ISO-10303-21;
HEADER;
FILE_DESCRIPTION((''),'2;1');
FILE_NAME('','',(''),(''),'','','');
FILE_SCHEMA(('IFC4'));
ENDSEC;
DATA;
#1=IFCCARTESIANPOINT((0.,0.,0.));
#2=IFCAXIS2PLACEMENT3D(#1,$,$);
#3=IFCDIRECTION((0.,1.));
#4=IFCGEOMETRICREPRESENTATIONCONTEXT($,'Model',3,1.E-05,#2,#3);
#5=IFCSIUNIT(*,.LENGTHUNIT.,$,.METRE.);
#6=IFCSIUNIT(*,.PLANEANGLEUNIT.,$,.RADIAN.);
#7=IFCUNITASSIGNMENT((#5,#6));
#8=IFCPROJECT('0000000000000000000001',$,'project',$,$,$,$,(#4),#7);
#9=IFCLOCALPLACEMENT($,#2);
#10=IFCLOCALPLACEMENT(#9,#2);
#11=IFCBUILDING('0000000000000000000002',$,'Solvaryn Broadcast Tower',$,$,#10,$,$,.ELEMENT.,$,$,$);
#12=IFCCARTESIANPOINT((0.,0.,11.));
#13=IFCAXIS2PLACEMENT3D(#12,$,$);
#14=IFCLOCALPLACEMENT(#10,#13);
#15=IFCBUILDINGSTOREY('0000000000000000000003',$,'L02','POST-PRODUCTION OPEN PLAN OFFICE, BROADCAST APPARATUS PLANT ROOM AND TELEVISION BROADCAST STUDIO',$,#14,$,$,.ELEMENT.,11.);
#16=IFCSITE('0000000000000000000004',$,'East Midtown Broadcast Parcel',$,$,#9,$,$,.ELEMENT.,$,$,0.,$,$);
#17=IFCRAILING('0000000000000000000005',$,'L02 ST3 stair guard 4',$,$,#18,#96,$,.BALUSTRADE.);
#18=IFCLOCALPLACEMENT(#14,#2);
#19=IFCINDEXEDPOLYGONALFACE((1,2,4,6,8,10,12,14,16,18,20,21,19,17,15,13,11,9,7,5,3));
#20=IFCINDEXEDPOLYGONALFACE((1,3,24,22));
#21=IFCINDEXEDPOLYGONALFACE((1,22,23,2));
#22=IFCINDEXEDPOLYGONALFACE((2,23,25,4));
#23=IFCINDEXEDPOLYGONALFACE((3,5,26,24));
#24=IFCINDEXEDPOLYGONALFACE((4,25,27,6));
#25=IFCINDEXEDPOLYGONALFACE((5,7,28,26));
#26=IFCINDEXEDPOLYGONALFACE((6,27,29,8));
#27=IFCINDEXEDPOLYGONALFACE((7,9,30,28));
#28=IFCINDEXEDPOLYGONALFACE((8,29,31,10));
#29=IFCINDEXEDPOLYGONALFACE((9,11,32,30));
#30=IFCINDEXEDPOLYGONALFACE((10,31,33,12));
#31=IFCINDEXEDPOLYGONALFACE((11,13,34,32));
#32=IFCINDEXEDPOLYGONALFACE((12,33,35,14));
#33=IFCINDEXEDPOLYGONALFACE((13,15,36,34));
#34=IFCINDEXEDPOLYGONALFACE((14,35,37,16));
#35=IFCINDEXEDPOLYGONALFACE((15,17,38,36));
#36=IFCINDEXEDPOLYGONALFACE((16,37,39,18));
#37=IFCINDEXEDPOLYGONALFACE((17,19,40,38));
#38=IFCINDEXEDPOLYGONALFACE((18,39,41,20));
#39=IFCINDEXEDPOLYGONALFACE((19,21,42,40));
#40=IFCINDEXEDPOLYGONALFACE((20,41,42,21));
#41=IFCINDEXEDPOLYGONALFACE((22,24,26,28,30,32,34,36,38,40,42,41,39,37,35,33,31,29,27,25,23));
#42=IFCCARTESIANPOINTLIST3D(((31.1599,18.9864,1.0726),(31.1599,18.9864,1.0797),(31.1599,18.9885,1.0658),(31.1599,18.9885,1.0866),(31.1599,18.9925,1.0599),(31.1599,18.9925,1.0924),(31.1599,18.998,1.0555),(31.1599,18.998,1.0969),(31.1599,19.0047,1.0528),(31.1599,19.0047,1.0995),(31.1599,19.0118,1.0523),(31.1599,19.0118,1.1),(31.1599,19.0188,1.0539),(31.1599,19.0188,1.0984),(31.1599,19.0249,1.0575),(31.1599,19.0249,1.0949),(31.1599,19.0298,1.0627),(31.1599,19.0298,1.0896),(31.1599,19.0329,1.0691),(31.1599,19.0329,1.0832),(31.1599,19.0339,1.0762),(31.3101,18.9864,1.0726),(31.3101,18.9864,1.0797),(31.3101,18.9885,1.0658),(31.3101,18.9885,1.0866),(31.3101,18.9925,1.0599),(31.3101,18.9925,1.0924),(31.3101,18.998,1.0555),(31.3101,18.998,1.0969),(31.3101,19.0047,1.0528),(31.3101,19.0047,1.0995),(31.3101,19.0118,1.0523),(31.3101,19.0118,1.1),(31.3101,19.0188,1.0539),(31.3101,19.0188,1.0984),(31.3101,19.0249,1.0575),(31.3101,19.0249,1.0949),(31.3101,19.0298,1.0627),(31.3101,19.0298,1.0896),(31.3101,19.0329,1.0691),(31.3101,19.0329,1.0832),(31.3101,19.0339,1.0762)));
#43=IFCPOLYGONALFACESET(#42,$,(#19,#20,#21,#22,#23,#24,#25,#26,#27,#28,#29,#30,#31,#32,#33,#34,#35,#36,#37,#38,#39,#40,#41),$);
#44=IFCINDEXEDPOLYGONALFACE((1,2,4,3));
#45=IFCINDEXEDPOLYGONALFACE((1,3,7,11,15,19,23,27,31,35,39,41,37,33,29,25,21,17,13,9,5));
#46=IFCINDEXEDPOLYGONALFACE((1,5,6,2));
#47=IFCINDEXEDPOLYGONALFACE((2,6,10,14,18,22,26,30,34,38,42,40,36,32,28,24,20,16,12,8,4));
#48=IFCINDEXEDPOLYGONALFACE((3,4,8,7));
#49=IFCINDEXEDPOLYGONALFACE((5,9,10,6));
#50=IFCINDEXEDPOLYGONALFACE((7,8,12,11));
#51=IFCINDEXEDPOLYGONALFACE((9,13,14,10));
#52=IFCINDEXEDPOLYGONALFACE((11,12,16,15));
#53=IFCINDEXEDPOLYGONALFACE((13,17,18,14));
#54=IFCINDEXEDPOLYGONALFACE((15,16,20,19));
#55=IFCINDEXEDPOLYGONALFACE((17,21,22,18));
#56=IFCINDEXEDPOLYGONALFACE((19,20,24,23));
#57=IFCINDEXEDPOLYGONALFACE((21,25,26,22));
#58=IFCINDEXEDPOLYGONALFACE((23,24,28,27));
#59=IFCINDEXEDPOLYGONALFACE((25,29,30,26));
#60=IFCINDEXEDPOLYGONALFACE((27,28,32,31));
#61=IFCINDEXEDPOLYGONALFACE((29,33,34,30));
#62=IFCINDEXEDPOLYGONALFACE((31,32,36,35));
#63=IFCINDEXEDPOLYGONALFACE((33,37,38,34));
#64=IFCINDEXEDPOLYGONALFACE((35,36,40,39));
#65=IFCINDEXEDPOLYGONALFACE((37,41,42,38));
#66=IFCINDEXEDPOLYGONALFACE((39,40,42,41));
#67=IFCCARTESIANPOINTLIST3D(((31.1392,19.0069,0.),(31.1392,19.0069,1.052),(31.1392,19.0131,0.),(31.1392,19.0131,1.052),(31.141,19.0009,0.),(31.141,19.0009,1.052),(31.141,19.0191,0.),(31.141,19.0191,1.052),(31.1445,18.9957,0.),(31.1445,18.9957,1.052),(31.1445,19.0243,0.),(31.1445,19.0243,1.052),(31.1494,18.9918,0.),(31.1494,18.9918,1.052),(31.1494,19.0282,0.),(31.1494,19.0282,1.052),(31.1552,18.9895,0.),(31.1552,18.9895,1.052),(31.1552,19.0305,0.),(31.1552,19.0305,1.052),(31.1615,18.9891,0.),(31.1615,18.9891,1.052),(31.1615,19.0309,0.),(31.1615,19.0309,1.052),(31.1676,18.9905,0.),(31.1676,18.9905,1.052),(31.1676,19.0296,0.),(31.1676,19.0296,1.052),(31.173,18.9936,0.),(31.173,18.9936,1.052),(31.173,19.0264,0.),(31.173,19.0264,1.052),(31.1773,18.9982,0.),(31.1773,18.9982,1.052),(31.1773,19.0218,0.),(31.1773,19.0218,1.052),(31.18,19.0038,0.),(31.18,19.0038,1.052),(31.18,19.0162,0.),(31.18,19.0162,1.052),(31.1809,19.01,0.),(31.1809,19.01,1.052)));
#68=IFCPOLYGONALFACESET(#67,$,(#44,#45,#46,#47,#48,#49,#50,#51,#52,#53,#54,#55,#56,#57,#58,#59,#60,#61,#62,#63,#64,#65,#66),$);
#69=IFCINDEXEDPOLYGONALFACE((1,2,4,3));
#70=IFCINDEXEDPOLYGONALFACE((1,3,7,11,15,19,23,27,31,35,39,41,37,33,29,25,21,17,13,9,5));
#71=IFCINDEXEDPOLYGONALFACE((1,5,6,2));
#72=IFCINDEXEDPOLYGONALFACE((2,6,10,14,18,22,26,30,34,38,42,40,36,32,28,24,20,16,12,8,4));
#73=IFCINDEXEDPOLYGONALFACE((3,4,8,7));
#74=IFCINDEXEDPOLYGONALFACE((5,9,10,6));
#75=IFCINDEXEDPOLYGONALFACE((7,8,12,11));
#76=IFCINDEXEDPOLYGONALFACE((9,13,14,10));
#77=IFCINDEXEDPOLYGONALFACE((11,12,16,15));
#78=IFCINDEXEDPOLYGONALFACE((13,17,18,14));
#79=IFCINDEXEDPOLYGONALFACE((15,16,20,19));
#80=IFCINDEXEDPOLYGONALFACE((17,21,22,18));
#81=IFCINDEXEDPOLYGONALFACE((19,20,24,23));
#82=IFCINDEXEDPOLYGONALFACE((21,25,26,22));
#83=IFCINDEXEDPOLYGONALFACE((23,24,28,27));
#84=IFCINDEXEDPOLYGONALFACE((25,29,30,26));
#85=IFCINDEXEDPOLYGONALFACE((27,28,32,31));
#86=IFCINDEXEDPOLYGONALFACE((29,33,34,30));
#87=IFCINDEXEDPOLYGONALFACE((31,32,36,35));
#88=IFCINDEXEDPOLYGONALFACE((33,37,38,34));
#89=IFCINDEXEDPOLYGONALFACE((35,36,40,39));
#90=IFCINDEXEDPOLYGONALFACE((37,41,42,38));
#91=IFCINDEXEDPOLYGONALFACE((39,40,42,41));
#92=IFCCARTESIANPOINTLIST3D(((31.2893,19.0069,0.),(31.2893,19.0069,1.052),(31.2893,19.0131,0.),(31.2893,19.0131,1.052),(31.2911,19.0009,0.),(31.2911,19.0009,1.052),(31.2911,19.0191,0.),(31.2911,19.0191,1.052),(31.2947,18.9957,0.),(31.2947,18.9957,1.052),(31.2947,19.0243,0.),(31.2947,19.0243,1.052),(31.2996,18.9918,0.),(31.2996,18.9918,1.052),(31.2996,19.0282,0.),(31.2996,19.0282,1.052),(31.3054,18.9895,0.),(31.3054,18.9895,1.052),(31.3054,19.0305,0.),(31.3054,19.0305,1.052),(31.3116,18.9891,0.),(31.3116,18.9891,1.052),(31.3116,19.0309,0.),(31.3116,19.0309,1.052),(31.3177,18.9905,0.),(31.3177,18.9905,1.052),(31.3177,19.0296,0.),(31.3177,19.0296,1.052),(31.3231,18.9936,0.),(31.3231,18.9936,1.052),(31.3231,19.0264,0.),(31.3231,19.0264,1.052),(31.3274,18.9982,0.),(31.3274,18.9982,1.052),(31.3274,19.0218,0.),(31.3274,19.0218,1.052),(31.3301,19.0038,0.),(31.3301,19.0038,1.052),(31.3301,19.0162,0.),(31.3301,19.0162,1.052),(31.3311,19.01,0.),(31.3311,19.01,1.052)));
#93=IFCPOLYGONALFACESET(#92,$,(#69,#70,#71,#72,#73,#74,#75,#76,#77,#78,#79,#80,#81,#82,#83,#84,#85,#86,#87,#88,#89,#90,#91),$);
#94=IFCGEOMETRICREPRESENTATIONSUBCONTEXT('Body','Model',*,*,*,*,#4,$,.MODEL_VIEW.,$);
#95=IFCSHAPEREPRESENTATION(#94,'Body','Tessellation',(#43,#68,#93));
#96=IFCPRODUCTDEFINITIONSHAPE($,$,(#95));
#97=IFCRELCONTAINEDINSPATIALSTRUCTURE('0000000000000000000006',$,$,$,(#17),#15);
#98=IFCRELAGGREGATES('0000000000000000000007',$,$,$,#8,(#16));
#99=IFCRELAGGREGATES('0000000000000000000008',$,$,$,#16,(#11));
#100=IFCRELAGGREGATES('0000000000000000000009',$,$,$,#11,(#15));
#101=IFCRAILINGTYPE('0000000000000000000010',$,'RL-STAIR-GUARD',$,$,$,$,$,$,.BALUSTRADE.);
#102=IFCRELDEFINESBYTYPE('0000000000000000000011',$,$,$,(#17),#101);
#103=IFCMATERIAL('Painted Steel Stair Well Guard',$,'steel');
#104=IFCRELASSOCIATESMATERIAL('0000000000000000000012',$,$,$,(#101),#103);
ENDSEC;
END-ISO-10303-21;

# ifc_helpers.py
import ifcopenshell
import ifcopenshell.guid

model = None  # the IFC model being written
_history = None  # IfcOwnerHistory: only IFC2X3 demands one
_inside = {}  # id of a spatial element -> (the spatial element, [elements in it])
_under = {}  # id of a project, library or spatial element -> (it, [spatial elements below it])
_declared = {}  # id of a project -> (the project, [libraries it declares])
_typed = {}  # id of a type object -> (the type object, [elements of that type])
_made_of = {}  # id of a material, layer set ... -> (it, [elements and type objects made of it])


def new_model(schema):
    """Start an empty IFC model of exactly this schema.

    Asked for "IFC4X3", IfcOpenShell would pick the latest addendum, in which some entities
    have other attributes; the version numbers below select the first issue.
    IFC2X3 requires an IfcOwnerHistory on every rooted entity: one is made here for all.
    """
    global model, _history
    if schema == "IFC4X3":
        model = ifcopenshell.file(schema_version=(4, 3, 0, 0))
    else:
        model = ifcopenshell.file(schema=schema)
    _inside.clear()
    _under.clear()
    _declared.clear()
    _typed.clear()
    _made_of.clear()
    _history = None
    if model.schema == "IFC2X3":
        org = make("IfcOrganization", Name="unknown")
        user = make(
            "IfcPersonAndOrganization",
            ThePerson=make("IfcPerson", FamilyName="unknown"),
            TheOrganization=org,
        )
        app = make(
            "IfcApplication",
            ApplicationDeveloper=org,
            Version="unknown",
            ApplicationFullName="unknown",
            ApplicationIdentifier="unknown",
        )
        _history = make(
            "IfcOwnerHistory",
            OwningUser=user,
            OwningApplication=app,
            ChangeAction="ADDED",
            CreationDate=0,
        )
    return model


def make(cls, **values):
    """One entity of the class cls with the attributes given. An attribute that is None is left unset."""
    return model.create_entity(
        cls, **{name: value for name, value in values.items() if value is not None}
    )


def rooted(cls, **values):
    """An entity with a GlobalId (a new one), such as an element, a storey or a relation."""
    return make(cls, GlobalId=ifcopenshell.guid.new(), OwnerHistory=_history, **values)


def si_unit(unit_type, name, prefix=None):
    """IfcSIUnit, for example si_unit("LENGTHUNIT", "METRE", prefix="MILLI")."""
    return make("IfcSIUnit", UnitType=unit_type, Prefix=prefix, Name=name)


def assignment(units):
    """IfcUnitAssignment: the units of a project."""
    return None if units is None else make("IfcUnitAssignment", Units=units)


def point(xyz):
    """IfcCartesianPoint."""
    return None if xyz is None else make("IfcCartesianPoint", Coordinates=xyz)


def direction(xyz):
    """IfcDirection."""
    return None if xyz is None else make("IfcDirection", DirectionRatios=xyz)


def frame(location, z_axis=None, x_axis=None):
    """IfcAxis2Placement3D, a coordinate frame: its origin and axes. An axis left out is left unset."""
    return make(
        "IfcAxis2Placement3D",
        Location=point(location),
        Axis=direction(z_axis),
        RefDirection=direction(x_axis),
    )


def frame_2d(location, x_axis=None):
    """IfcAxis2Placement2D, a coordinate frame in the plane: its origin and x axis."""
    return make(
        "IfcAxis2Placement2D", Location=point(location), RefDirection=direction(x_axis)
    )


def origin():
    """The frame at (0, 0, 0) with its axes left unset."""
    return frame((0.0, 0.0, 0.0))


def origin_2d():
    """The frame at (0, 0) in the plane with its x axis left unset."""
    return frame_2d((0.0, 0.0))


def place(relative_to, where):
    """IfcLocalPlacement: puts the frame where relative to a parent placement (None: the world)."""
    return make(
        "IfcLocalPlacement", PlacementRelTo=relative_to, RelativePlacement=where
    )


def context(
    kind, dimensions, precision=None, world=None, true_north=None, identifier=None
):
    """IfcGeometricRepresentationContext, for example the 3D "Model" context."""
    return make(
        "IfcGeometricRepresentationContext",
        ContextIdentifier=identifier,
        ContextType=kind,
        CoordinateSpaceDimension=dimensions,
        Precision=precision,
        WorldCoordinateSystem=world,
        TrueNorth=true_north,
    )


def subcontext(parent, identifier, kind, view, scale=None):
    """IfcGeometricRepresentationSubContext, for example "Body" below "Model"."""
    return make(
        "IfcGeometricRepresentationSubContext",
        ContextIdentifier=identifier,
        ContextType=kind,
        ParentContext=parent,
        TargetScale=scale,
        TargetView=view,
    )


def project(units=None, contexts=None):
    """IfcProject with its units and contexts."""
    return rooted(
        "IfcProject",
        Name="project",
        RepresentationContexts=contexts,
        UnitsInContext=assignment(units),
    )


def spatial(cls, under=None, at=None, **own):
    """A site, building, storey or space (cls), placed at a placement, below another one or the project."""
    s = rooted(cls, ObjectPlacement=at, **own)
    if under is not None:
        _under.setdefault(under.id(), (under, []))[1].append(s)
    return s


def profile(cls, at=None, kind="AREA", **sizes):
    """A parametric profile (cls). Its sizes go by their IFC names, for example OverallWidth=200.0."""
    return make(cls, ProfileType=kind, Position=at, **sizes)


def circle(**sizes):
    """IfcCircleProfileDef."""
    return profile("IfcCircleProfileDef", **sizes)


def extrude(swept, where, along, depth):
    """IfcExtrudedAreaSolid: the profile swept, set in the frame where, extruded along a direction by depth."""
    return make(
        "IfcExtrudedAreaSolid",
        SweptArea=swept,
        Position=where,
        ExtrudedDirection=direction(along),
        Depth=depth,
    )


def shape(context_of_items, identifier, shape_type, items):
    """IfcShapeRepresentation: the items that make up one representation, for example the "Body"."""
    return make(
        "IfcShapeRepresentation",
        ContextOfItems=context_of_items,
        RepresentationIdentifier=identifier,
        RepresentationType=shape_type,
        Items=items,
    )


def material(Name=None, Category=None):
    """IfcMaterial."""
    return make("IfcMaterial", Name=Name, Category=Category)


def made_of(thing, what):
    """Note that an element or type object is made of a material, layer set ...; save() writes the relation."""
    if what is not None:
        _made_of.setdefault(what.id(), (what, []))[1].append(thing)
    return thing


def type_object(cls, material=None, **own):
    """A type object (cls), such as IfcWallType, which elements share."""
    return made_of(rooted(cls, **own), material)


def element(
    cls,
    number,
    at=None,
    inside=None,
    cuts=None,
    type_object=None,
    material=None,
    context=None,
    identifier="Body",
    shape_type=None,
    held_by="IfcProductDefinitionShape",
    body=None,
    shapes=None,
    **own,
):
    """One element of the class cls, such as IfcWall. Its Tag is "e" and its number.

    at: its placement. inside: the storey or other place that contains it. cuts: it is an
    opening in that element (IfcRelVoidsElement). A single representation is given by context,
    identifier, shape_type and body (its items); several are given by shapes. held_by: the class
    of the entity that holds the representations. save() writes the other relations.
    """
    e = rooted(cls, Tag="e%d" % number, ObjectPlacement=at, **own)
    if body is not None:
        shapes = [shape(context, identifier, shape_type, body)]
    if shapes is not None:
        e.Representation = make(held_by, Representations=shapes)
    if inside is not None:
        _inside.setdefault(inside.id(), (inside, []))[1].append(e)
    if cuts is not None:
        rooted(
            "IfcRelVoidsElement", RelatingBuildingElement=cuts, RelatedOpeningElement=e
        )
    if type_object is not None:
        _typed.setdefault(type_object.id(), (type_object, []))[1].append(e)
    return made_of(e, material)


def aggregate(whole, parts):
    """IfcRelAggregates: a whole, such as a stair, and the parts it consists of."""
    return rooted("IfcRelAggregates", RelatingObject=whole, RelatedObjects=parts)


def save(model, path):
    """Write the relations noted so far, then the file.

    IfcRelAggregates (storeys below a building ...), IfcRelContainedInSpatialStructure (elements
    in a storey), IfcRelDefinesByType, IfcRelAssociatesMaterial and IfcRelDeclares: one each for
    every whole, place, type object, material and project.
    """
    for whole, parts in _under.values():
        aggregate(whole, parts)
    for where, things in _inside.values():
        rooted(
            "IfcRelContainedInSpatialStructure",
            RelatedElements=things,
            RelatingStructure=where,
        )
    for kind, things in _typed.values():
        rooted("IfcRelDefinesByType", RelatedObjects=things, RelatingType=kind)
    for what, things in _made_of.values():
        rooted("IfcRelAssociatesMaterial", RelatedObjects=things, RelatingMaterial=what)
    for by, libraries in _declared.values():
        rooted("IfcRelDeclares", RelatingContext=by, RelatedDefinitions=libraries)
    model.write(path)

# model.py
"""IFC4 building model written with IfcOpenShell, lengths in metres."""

from ifc_helpers import new_model, si_unit, direction, frame, origin, origin_2d, place, context, subcontext, project, spatial, circle, extrude, material, type_object, element, save


model = new_model("IFC4")

# Units and contexts
model_context = context("Model", 3, precision=1e-05, world=origin(), true_north=direction((0.0, 1.0)))
body_context = subcontext(model_context, "Body", "Model", "MODEL_VIEW")
ifc_project = project(units=[si_unit("LENGTHUNIT", "METRE"), si_unit("PLANEANGLEUNIT", "RADIAN")], contexts=[model_context])

# Site, building, storey
site_placement = place(None, origin())
site = spatial("IfcSite", under=ifc_project, at=site_placement, Name="East Midtown Broadcast Parcel", CompositionType="ELEMENT", RefElevation=0.0)
building_placement = place(site_placement, origin())
building = spatial("IfcBuilding", under=site, at=building_placement, Name="Solvaryn Broadcast Tower", CompositionType="ELEMENT")
storey_placement = place(building_placement, frame((0.0, 0.0, 11.0)))
storey = spatial("IfcBuildingStorey", under=building, at=storey_placement, Name="L02", Description="POST-PRODUCTION OPEN PLAN OFFICE, BROADCAST APPARATUS PLANT ROOM AND TELEVISION BROADCAST STUDIO", CompositionType="ELEMENT", Elevation=11.0)

# Railing
ifc_material_1 = material(Name="Painted Steel Stair Well Guard", Category="steel")
railing_type_1 = type_object("IfcRailingType", Name="RL-STAIR-GUARD", PredefinedType="BALUSTRADE", material=ifc_material_1)
railing_1_placement = place(storey_placement, frame((31.1599, 19.01, 0.0)))
element("IfcRailing", 1, at=railing_1_placement, inside=storey, type_object=railing_type_1, Name="L02 ST3 stair guard 4", PredefinedType="BALUSTRADE", context=body_context, shape_type="SweptSolid", body=[
    extrude(circle(Radius=0.0239, at=origin_2d()), frame((0.0, 0.0, 1.0762), z_axis=(1.0, 0.0, 0.0), x_axis=(0.0, 1.0, 0.0)), (0.0, 0.0, 1.0), 0.1501),
    extrude(circle(Radius=0.021, at=origin_2d()), origin(), (0.0, 0.0, 1.0), 1.052),
    extrude(circle(Radius=0.021, at=origin_2d()), frame((0.1501, 0.0, 0.0)), (0.0, 0.0, 1.0), 1.052),
])

save(model, "model.ifc")
